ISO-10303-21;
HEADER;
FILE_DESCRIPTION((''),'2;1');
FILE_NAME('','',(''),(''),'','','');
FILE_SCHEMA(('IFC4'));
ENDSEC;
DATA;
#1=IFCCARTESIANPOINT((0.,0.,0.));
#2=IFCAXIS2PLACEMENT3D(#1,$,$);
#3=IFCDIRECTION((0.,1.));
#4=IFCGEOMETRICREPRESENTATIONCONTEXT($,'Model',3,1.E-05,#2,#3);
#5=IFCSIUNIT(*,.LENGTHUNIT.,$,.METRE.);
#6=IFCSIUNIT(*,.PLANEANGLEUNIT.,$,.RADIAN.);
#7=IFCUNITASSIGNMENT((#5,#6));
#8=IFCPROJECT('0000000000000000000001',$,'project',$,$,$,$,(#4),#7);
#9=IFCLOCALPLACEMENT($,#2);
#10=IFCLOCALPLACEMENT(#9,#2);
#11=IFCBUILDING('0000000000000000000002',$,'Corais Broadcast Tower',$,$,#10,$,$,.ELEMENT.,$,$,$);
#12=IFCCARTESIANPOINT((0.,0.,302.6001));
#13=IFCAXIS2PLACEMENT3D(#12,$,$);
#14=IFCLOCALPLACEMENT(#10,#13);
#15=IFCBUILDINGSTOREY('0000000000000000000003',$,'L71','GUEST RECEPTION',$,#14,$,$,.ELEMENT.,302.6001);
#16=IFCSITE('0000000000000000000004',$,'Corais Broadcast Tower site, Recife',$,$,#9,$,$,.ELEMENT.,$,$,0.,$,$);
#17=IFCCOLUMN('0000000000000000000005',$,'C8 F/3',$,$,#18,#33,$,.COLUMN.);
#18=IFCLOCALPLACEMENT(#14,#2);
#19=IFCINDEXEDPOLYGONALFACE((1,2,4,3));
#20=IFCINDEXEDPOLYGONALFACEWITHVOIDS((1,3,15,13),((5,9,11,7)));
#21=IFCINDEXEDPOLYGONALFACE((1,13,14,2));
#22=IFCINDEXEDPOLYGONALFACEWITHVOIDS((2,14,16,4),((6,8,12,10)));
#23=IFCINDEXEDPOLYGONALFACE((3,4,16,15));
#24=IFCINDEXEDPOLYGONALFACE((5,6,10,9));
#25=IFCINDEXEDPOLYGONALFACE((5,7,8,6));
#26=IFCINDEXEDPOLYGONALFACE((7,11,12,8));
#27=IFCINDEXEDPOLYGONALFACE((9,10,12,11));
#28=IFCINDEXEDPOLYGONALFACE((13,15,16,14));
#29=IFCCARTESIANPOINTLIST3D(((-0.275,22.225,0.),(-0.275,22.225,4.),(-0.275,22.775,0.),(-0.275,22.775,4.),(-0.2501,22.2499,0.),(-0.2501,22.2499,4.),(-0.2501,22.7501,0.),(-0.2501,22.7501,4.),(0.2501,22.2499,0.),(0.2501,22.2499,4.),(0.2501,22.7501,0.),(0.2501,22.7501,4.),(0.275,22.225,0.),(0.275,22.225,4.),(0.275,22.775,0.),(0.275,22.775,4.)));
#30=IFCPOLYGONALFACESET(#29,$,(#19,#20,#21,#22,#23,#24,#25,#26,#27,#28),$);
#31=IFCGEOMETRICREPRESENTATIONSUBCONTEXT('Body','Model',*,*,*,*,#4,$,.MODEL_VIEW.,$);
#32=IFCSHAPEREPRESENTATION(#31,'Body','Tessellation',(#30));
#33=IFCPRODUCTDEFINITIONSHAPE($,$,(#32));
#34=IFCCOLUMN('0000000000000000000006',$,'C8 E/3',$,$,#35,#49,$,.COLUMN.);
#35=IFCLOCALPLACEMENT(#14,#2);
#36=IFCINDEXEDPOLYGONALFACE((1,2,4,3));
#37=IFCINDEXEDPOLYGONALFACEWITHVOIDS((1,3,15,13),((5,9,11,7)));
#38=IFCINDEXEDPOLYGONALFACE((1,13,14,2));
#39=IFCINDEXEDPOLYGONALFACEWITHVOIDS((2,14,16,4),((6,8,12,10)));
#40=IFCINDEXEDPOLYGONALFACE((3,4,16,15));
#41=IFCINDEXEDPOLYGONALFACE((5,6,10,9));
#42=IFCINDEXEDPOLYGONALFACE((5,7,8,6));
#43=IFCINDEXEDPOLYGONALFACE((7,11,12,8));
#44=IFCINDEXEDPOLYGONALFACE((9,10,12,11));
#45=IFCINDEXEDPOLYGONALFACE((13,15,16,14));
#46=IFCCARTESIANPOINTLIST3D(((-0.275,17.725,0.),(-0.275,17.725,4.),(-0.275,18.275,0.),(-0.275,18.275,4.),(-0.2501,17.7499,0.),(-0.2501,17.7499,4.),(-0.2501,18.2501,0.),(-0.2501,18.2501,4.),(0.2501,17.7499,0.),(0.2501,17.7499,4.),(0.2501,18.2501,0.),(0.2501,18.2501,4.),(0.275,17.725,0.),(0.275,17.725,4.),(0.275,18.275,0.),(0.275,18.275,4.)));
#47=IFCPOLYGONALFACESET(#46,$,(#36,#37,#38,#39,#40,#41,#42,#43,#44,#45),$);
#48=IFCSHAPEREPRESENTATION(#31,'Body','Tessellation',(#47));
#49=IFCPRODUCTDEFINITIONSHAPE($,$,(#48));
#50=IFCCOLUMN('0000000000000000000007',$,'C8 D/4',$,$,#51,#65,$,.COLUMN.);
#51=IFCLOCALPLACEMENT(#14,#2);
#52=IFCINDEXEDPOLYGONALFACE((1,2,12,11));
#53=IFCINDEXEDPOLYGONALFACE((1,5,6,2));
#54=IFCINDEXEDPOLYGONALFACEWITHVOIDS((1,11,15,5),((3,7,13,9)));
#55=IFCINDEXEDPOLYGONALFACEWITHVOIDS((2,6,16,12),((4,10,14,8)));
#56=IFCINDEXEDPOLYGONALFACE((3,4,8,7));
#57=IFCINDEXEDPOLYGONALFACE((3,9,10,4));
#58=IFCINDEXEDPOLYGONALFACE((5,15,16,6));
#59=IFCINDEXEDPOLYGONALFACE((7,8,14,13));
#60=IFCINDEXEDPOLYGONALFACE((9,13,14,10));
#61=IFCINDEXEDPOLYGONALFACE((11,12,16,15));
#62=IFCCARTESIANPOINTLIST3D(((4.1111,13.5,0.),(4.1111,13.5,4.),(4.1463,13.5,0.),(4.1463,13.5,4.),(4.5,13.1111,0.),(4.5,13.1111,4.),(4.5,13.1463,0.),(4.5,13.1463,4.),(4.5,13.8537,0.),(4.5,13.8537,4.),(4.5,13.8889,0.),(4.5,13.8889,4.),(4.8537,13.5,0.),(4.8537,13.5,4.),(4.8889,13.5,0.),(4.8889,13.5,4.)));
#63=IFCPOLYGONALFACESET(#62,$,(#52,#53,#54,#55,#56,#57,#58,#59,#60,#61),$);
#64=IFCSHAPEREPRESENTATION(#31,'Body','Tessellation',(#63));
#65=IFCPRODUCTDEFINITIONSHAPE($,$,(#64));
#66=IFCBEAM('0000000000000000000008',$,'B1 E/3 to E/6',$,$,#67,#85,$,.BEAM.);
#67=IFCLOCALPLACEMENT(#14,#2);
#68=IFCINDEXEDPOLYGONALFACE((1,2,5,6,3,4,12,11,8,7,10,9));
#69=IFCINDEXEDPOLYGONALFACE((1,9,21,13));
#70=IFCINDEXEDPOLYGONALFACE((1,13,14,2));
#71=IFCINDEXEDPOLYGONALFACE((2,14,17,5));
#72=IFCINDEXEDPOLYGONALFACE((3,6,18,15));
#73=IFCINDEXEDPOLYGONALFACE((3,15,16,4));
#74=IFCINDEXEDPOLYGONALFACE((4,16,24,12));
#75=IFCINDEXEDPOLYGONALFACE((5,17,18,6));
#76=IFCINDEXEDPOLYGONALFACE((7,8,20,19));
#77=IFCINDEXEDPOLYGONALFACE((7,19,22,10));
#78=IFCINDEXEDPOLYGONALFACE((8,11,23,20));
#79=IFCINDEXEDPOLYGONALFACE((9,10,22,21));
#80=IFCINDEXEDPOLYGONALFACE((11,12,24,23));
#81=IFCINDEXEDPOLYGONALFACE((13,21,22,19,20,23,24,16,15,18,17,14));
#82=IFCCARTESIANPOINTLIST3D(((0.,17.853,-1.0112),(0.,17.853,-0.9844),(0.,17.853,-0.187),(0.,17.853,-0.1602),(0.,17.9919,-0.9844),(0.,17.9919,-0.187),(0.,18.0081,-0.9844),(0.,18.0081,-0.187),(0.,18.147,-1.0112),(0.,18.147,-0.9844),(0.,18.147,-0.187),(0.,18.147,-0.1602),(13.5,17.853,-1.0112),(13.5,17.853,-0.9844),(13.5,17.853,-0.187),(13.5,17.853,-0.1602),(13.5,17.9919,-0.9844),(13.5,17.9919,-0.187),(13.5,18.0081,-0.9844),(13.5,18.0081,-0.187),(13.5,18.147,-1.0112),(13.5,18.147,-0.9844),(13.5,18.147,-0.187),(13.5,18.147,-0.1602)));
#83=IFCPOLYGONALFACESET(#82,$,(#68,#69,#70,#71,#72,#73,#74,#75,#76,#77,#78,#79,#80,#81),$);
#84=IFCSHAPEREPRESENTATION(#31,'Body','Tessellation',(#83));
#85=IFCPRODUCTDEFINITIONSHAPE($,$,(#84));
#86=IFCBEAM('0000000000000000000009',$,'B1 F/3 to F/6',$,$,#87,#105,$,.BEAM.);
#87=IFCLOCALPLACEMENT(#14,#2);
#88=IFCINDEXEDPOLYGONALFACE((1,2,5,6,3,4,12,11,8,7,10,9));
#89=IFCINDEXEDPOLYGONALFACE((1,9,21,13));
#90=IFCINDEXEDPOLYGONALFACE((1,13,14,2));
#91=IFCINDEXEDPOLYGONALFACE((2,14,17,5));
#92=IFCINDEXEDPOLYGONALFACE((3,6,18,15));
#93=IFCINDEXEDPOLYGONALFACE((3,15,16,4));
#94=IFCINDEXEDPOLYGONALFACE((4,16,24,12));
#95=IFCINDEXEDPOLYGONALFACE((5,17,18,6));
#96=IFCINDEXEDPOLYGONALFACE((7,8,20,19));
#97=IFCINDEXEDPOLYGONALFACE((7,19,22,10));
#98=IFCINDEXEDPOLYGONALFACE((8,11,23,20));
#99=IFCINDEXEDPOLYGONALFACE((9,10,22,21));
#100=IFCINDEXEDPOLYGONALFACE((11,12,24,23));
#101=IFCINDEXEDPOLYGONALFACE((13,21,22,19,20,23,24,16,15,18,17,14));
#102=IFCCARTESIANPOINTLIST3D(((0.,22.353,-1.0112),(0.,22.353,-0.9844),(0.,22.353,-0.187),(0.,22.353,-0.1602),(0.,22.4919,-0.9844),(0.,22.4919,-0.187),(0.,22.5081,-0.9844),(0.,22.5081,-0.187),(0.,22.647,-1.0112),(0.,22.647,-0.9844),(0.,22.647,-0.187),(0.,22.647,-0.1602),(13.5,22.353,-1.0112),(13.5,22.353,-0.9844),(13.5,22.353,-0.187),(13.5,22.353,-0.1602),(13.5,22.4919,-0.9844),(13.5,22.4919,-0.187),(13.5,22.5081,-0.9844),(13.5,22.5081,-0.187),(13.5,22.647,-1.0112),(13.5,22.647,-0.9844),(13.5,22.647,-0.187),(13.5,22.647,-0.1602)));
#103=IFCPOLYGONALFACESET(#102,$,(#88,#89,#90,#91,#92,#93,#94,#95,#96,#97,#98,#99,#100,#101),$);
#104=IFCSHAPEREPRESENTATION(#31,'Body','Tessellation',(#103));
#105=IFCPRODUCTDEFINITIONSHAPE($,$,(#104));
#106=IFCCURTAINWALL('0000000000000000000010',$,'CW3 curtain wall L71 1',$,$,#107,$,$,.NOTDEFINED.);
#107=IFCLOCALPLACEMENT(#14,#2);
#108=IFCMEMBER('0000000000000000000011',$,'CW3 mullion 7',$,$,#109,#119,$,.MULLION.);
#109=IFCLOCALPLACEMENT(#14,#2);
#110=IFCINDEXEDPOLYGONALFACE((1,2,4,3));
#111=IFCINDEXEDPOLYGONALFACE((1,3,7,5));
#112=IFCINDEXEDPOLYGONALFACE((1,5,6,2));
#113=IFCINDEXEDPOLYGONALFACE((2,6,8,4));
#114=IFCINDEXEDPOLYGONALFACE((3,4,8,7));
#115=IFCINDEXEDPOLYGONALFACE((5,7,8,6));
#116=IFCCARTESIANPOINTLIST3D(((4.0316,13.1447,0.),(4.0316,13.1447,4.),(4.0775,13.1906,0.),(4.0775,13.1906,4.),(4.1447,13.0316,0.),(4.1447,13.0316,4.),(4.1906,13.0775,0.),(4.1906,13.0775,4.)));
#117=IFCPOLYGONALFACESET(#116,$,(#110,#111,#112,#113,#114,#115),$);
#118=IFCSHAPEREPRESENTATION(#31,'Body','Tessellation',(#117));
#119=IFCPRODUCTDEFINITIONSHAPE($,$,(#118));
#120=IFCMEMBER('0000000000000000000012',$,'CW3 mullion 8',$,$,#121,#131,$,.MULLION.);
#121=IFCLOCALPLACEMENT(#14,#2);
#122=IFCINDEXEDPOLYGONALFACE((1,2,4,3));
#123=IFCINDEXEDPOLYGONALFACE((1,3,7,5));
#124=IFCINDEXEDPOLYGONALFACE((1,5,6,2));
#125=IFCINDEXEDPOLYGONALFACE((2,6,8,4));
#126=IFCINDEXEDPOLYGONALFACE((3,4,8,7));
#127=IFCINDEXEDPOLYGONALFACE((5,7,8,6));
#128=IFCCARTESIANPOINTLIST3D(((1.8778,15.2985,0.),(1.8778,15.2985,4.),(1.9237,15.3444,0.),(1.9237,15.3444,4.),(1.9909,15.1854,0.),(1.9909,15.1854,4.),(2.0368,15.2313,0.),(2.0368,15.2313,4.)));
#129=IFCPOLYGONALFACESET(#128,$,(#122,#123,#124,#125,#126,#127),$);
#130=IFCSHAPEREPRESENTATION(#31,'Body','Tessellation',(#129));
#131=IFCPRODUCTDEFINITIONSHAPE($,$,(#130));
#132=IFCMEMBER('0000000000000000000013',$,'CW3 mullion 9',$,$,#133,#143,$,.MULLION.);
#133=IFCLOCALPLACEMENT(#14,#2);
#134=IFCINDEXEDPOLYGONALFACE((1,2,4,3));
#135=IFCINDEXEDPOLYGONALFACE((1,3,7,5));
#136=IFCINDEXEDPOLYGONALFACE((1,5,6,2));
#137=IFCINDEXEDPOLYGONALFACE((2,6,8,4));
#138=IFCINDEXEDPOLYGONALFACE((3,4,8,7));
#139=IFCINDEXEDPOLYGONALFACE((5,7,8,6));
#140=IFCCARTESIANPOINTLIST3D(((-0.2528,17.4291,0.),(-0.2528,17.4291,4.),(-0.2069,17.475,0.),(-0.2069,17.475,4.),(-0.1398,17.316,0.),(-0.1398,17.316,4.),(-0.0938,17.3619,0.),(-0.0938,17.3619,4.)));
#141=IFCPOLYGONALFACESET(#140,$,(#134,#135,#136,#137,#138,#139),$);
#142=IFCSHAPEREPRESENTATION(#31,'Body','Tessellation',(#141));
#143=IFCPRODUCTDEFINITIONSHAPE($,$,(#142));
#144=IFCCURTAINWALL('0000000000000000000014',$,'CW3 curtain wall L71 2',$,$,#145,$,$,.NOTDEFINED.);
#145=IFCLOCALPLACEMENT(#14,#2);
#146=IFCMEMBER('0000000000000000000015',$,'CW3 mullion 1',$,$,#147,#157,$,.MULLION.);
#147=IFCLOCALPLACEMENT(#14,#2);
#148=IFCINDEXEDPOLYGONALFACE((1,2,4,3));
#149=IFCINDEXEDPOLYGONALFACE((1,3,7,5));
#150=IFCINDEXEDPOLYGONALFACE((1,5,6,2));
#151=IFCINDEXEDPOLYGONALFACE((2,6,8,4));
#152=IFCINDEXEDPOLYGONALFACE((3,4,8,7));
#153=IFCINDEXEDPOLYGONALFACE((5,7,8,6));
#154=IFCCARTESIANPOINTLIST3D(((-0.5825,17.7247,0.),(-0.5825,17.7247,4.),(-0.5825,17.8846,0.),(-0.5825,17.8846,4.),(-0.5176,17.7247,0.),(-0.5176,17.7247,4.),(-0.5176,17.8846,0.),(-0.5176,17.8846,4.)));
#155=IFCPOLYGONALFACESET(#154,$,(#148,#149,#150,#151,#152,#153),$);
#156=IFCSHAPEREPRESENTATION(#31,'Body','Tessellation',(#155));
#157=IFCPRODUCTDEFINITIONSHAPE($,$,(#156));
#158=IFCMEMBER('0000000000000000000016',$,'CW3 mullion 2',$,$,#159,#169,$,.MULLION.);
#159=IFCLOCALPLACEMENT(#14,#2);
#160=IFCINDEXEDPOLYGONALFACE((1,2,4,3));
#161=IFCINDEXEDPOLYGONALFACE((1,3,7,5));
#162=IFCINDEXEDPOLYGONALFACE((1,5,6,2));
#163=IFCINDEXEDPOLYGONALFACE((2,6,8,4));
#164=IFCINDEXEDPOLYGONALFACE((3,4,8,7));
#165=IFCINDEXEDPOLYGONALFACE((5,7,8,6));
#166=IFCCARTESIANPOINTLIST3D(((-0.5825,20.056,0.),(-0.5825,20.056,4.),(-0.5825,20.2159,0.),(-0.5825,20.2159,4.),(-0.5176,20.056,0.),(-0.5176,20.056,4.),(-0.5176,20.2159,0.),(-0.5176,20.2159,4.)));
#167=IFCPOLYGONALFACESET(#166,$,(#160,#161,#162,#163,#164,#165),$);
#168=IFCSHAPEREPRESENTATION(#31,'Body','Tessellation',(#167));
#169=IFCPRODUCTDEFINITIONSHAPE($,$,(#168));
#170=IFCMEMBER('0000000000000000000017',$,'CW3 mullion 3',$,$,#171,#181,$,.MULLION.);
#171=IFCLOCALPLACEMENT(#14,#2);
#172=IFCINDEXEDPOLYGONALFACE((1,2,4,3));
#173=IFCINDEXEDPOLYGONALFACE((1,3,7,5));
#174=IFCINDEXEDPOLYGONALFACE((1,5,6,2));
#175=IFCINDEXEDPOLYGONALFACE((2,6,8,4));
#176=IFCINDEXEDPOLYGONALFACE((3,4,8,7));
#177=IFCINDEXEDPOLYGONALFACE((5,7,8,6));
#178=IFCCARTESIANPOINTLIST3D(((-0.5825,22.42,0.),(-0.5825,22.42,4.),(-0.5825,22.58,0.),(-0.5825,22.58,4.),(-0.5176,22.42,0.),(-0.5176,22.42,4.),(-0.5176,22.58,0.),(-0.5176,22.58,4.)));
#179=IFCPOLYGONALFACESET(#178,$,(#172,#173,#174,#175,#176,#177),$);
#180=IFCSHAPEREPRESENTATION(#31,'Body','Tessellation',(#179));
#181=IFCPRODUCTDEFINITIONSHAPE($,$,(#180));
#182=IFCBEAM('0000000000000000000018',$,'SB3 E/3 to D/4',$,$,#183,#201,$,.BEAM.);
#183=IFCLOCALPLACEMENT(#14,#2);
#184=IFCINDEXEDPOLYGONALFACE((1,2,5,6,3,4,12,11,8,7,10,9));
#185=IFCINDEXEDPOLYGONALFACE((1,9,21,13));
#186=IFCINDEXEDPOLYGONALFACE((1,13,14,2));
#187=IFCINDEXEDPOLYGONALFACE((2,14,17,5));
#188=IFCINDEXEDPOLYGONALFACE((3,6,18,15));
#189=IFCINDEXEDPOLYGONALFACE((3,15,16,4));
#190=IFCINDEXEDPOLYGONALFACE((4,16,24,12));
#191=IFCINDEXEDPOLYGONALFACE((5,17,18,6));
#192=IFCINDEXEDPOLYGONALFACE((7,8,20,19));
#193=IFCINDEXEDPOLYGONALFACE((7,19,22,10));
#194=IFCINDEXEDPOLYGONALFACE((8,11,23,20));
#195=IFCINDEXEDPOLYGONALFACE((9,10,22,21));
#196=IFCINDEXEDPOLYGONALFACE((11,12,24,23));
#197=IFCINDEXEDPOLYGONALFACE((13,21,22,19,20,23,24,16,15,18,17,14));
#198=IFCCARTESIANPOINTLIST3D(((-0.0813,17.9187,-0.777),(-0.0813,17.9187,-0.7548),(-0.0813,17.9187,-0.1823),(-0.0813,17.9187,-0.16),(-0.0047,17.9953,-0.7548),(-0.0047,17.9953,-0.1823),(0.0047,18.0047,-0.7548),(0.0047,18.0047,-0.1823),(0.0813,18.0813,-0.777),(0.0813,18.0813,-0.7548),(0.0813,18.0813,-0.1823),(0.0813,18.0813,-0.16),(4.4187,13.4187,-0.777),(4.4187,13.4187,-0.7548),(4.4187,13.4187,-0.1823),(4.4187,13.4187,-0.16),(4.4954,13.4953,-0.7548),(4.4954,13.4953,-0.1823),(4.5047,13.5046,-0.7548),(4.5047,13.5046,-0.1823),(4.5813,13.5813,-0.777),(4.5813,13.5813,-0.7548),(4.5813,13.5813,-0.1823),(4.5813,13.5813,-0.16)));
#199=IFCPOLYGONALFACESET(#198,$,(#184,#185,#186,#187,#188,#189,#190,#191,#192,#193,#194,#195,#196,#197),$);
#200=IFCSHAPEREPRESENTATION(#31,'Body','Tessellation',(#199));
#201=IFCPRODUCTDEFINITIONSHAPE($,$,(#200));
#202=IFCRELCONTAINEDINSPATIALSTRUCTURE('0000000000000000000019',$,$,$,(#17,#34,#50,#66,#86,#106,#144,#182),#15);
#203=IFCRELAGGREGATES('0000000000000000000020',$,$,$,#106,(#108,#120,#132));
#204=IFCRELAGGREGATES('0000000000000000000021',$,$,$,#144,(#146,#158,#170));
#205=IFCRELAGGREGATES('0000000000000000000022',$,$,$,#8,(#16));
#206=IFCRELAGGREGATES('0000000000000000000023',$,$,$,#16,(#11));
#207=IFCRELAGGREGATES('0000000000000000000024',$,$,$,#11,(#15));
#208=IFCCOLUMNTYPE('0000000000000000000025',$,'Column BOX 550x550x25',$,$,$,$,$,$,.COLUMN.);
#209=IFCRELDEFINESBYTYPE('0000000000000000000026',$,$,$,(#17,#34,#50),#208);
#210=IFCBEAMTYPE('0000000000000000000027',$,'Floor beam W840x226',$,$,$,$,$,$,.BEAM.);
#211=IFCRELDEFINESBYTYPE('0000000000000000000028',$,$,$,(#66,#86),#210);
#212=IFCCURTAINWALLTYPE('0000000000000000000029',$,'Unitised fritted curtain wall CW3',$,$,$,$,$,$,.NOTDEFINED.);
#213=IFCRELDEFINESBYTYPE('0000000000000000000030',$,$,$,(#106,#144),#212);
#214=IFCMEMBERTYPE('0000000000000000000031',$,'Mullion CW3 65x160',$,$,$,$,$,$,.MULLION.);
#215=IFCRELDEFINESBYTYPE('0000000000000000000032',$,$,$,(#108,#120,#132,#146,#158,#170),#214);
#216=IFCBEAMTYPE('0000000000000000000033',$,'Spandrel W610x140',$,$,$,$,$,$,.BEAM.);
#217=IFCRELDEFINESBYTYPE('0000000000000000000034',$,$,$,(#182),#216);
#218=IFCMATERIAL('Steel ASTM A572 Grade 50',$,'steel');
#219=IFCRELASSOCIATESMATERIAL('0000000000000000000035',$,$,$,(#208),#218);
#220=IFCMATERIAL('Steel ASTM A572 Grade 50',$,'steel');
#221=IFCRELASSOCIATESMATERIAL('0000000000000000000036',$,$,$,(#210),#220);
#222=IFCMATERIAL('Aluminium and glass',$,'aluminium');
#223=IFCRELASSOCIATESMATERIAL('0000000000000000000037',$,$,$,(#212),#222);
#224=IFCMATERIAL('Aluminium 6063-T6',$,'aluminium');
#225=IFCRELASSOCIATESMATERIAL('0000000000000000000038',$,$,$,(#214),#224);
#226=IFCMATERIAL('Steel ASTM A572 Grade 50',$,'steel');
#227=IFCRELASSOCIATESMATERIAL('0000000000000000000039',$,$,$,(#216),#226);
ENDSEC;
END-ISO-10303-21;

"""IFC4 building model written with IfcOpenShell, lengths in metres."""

from ifc_helpers import new_model, si_unit, direction, frame, origin, origin_2d, place, context, subcontext, project, spatial, rectangle, hollow_rectangle, i_section, extrude, material, material_profile, profile_set, type_object, element, aggregate, save


model = new_model("IFC4")

# Units and contexts
model_context = context("Model", 3, precision=1e-05, world=origin(), true_north=direction((0.0, 1.0)))
body_context = subcontext(model_context, "Body", "Model", "MODEL_VIEW")
ifc_project = project(units=[si_unit("LENGTHUNIT", "METRE"), si_unit("PLANEANGLEUNIT", "RADIAN")], contexts=[model_context])

# Site, building, storey
site_placement = place(None, origin())
site = spatial("IfcSite", under=ifc_project, at=site_placement, Name="Corais Broadcast Tower site, Recife", CompositionType="ELEMENT", RefElevation=0.0)
building_placement = place(site_placement, origin())
building = spatial("IfcBuilding", under=site, at=building_placement, Name="Corais Broadcast Tower", CompositionType="ELEMENT")
storey_placement = place(building_placement, frame((0.0, 0.0, 302.6001)))
storey = spatial("IfcBuildingStorey", under=building, at=storey_placement, Name="L71", Description="GUEST RECEPTION", CompositionType="ELEMENT", Elevation=302.6001)

# Columns
ifc_material_1 = material(Name="Steel ASTM A572 Grade 50", Category="steel")
ifc_material_profile_1 = material_profile(ifc_material_1, hollow_rectangle(XDim=0.55, YDim=0.55, WallThickness=0.0249, at=origin_2d()), Name="BOX 550x550x25")
ifc_profile_set_1 = profile_set([ifc_material_profile_1], Name="Steel ASTM A572 Grade 50")
column_type = type_object("IfcColumnType", Name="Column BOX 550x550x25", PredefinedType="COLUMN", material=ifc_profile_set_1)
for number, where, z_axis, x_axis, name in (
    (1, (0.0, 22.5, 0.0), (0.0, 0.0, 1.0), (1.0, 0.0, 0.0), "C8 F/3"),
    (2, (0.0, 18.0, 0.0), (0.0, 0.0, 1.0), (1.0, 0.0, 0.0), "C8 E/3"),
    (3, (4.5, 13.5, 0.0), (0.0, 0.0, 1.0), (0.707107, 0.707107, 0.0), "C8 D/4"),
):
    element("IfcColumn", number, at=place(storey_placement, frame(where, z_axis=z_axis, x_axis=x_axis)), inside=storey, type_object=column_type, Name=name, PredefinedType="COLUMN", context=body_context, shape_type="SweptSolid", body=[
        extrude(hollow_rectangle(XDim=0.55, YDim=0.55, WallThickness=0.0249, at=origin_2d()), origin(), (0.0, 0.0, 1.0), 4.0),
    ])

# Beams
ifc_material_2 = material(Name="Steel ASTM A572 Grade 50", Category="steel")
ifc_material_profile_2 = material_profile(ifc_material_2, i_section(OverallWidth=0.2939, OverallDepth=0.8511, WebThickness=0.0161, FlangeThickness=0.0269, at=origin_2d()), Name="W840x226")
ifc_profile_set_2 = profile_set([ifc_material_profile_2], Name="Steel ASTM A572 Grade 50")
beam_type_1 = type_object("IfcBeamType", Name="Floor beam W840x226", PredefinedType="BEAM", material=ifc_profile_set_2)
for number, where, z_axis, x_axis, name in (
    (4, (0.0, 18.0, -0.5857), (1.0, 0.0, 0.0), (0.0, 1.0, 0.0), "B1 E/3 to E/6"),
    (5, (0.0, 22.5, -0.5857), (1.0, 0.0, 0.0), (0.0, 1.0, 0.0), "B1 F/3 to F/6"),
):
    element("IfcBeam", number, at=place(storey_placement, frame(where, z_axis=z_axis, x_axis=x_axis)), inside=storey, type_object=beam_type_1, Name=name, PredefinedType="BEAM", context=body_context, shape_type="SweptSolid", body=[
        extrude(i_section(OverallWidth=0.2939, OverallDepth=0.8511, WebThickness=0.0161, FlangeThickness=0.0269, at=origin_2d()), origin(), (0.0, 0.0, 1.0), 13.5),
    ])

# Curtain walls, members
ifc_material_3 = material(Name="Aluminium and glass", Category="aluminium")
curtain_wall_type = type_object("IfcCurtainWallType", Name="Unitised fritted curtain wall CW3", PredefinedType="NOTDEFINED", material=ifc_material_3)
curtain_wall_1_placement = place(storey_placement, origin())
curtain_wall_1 = element("IfcCurtainWall", 6, at=curtain_wall_1_placement, inside=storey, type_object=curtain_wall_type, Name="CW3 curtain wall L71 1", PredefinedType="NOTDEFINED")
ifc_material_4 = material(Name="Aluminium 6063-T6", Category="aluminium")
ifc_material_profile_3 = material_profile(ifc_material_4, rectangle(XDim=0.0649, YDim=0.1599, at=origin_2d()), Name="Mullion CW3 65x160")
ifc_profile_set_3 = profile_set([ifc_material_profile_3], Name="Aluminium 6063-T6")
member_type_1 = type_object("IfcMemberType", Name="Mullion CW3 65x160", PredefinedType="MULLION", material=ifc_profile_set_3)
member_1_placement = place(storey_placement, frame((4.1111, 13.1111, 0.0), z_axis=(0.0, 0.0, 1.0), x_axis=(-0.707107, -0.707107, 0.0)))
member_1 = element("IfcMember", 7, at=member_1_placement, type_object=member_type_1, Name="CW3 mullion 7", PredefinedType="MULLION", context=body_context, shape_type="SweptSolid", body=[
    extrude(rectangle(XDim=0.0649, YDim=0.1599, at=origin_2d()), origin(), (0.0, 0.0, 1.0), 4.0),
])
member_2_placement = place(storey_placement, frame((1.9573, 15.2649, 0.0), z_axis=(0.0, 0.0, 1.0), x_axis=(-0.707107, -0.707107, 0.0)))
member_2 = element("IfcMember", 8, at=member_2_placement, type_object=member_type_1, Name="CW3 mullion 8", PredefinedType="MULLION", context=body_context, shape_type="SweptSolid", body=[
    extrude(rectangle(XDim=0.0649, YDim=0.1599, at=origin_2d()), origin(), (0.0, 0.0, 1.0), 4.0),
])
member_3_placement = place(storey_placement, frame((-0.1733, 17.3955, 0.0), z_axis=(0.0, 0.0, 1.0), x_axis=(-0.707107, -0.707107, 0.0)))
member_3 = element("IfcMember", 9, at=member_3_placement, type_object=member_type_1, Name="CW3 mullion 9", PredefinedType="MULLION", context=body_context, shape_type="SweptSolid", body=[
    extrude(rectangle(XDim=0.0649, YDim=0.1599, at=origin_2d()), origin(), (0.0, 0.0, 1.0), 4.0),
])
curtain_wall_2_placement = place(storey_placement, origin())
curtain_wall_2 = element("IfcCurtainWall", 10, at=curtain_wall_2_placement, inside=storey, type_object=curtain_wall_type, Name="CW3 curtain wall L71 2", PredefinedType="NOTDEFINED")
member_4_placement = place(storey_placement, frame((-0.55, 17.8047, 0.0), z_axis=(0.0, 0.0, 1.0), x_axis=(-1.0, 0.0, 0.0)))
member_4 = element("IfcMember", 11, at=member_4_placement, type_object=member_type_1, Name="CW3 mullion 1", PredefinedType="MULLION", context=body_context, shape_type="SweptSolid", body=[
    extrude(rectangle(XDim=0.0649, YDim=0.1599, at=origin_2d()), origin(), (0.0, 0.0, 1.0), 4.0),
])
member_5_placement = place(storey_placement, frame((-0.55, 20.136, 0.0), z_axis=(0.0, 0.0, 1.0), x_axis=(-1.0, 0.0, 0.0)))
member_5 = element("IfcMember", 12, at=member_5_placement, type_object=member_type_1, Name="CW3 mullion 2", PredefinedType="MULLION", context=body_context, shape_type="SweptSolid", body=[
    extrude(rectangle(XDim=0.0649, YDim=0.1599, at=origin_2d()), origin(), (0.0, 0.0, 1.0), 4.0),
])
member_6_placement = place(storey_placement, frame((-0.55, 22.5, 0.0), z_axis=(0.0, 0.0, 1.0), x_axis=(-1.0, 0.0, 0.0)))
member_6 = element("IfcMember", 13, at=member_6_placement, type_object=member_type_1, Name="CW3 mullion 3", PredefinedType="MULLION", context=body_context, shape_type="SweptSolid", body=[
    extrude(rectangle(XDim=0.0649, YDim=0.1599, at=origin_2d()), origin(), (0.0, 0.0, 1.0), 4.0),
])

# Beam
ifc_material_5 = material(Name="Steel ASTM A572 Grade 50", Category="steel")
ifc_material_profile_4 = material_profile(ifc_material_5, i_section(OverallWidth=0.23, OverallDepth=0.6169, WebThickness=0.0132, FlangeThickness=0.0222, at=origin_2d()), Name="W610x140")
ifc_profile_set_4 = profile_set([ifc_material_profile_4], Name="Steel ASTM A572 Grade 50")
beam_type_2 = type_object("IfcBeamType", Name="Spandrel W610x140", PredefinedType="BEAM", material=ifc_profile_set_4)
beam_1_placement = place(storey_placement, frame((0.0, 18.0, -0.4685), z_axis=(0.707107, -0.707107, 0.0), x_axis=(0.707107, 0.707107, 0.0)))
element("IfcBeam", 14, at=beam_1_placement, inside=storey, type_object=beam_type_2, Name="SB3 E/3 to D/4", PredefinedType="BEAM", context=body_context, shape_type="SweptSolid", body=[
    extrude(i_section(OverallWidth=0.23, OverallDepth=0.6169, WebThickness=0.0132, FlangeThickness=0.0222, at=origin_2d()), origin(), (0.0, 0.0, 1.0), 6.364),
])

aggregate(curtain_wall_1, [member_1, member_2, member_3])
aggregate(curtain_wall_2, [member_4, member_5, member_6])

save(model, "model.ifc")
